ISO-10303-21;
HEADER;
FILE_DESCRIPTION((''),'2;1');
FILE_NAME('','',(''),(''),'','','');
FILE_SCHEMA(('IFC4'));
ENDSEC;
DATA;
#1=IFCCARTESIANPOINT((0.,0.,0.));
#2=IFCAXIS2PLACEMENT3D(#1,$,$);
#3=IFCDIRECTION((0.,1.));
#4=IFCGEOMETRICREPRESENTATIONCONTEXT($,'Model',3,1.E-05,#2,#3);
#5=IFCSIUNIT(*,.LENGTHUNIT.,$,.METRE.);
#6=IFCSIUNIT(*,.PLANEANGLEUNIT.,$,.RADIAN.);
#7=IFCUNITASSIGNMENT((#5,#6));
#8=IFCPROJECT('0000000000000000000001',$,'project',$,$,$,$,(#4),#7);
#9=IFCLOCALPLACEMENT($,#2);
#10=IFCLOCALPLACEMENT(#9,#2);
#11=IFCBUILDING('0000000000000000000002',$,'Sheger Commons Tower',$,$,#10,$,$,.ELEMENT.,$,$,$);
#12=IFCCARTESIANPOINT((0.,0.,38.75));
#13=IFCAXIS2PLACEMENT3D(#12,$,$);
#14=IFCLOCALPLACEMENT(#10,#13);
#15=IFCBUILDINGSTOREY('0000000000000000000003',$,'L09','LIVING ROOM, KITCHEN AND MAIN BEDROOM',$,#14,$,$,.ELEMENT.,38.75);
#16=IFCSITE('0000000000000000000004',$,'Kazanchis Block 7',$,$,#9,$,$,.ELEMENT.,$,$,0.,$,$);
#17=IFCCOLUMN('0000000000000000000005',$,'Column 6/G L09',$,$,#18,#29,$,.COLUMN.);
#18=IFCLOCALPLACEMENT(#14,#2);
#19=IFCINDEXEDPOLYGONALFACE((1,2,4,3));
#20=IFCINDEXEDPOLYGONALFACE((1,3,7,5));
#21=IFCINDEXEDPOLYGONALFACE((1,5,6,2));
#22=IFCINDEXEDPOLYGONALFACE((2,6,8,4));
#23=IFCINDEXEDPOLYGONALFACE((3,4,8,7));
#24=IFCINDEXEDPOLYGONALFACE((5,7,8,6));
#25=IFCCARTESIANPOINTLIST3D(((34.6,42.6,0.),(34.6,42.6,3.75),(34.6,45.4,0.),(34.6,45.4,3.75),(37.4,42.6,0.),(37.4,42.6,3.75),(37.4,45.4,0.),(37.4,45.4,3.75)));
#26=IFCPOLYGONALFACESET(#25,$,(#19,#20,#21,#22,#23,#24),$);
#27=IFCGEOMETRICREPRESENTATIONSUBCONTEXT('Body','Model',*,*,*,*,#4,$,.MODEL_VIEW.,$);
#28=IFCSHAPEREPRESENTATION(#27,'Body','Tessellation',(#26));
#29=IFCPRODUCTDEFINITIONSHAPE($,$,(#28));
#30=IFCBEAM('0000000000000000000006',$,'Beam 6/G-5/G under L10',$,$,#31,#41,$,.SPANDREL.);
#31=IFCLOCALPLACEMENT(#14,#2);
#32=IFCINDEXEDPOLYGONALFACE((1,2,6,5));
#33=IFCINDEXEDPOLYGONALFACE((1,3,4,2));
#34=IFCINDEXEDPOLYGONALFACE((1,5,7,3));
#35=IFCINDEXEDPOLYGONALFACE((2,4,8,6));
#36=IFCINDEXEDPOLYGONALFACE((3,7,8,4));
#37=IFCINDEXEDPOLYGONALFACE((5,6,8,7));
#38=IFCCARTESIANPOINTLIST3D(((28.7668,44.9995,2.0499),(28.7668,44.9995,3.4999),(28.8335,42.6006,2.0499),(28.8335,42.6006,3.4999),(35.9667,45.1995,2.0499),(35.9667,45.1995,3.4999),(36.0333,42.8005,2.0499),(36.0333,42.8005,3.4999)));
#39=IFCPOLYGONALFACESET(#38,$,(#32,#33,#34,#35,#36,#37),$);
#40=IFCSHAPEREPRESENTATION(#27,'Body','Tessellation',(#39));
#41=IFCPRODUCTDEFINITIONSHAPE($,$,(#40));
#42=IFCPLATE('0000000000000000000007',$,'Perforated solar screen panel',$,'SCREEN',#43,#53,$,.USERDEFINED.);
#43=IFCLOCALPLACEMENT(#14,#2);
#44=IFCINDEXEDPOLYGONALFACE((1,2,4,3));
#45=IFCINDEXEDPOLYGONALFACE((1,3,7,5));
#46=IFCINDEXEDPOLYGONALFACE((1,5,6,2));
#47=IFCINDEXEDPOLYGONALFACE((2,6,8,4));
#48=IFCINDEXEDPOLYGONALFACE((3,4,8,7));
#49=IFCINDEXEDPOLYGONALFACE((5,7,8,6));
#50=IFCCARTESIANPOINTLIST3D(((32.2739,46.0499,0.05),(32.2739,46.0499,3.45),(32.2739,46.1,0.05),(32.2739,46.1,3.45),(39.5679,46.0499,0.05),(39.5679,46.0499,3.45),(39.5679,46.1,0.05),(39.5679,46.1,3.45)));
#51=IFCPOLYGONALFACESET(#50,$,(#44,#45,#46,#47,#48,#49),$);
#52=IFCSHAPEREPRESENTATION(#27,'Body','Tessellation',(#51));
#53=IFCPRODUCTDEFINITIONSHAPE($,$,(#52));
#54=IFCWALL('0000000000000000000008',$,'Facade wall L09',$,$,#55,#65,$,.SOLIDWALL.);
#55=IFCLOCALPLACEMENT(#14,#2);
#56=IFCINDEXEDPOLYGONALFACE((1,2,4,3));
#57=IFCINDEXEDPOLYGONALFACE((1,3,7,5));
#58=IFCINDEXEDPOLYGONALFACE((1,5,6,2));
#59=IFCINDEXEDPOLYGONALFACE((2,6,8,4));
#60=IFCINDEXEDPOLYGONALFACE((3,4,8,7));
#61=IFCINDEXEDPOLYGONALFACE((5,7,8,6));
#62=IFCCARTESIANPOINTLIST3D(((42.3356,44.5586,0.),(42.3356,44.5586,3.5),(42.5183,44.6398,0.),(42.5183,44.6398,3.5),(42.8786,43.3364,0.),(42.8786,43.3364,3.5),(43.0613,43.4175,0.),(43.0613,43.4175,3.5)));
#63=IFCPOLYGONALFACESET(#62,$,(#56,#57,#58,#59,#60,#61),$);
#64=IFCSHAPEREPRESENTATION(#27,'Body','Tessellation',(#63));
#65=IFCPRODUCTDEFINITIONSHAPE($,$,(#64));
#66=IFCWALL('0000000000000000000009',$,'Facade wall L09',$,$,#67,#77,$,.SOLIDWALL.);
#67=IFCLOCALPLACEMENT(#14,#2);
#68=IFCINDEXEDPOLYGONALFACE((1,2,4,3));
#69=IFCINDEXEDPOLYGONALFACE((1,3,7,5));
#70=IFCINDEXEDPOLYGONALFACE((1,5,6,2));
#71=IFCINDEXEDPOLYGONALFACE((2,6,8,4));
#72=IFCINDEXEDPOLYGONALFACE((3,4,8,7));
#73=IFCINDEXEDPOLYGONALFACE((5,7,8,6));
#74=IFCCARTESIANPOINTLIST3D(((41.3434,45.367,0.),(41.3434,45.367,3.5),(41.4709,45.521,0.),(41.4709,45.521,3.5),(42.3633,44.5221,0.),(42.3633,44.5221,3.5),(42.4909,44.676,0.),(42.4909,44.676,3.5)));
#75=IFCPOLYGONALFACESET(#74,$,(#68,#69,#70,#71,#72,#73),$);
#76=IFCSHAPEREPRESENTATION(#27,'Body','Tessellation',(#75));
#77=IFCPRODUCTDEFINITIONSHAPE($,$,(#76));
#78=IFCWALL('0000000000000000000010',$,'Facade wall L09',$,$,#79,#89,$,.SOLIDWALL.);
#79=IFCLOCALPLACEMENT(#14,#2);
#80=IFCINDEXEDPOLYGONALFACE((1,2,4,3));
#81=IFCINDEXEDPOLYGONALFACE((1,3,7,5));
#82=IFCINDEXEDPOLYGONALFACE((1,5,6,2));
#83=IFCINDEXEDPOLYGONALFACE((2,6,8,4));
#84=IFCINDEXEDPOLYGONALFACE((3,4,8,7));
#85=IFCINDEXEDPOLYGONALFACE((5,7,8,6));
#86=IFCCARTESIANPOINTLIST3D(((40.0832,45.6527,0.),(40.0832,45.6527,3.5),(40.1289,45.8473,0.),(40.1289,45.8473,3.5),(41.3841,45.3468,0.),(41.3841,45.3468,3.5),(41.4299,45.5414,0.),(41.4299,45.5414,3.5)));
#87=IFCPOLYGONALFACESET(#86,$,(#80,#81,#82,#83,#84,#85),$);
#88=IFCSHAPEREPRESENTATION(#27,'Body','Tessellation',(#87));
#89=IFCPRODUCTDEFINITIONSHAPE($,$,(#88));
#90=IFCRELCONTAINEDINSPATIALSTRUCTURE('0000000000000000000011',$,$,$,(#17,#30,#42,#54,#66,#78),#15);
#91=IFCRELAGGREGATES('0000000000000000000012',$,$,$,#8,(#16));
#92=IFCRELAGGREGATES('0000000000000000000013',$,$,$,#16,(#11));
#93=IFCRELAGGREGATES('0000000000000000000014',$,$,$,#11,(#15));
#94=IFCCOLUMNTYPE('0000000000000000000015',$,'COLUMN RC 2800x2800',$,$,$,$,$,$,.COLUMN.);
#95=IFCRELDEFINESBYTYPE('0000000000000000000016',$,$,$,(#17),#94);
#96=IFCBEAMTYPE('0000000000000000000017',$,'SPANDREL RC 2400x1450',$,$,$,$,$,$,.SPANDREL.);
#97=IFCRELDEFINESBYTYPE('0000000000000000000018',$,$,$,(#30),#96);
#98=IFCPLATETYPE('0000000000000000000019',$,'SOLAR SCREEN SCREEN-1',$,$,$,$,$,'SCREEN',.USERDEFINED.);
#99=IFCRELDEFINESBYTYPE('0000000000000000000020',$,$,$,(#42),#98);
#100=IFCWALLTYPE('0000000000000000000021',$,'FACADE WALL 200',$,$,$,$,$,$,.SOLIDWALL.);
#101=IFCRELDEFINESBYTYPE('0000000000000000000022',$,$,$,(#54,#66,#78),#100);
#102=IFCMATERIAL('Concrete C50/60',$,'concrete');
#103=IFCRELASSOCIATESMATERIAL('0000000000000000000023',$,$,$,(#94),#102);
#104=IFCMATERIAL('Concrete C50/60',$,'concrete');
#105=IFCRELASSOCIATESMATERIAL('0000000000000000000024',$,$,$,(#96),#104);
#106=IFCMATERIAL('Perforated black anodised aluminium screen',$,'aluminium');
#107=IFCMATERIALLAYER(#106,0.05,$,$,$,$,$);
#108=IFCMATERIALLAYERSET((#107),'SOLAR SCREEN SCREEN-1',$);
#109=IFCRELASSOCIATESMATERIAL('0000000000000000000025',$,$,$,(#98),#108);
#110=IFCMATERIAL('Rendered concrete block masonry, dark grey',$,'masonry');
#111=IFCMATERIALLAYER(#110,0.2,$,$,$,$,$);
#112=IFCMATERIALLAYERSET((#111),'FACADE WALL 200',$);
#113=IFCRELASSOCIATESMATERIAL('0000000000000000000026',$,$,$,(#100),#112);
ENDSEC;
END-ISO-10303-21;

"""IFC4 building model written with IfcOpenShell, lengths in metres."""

from ifc_helpers import new_model, si_unit, direction, frame, frame_2d, origin, origin_2d, place, context, subcontext, project, spatial, rectangle, extrude, material, layer, layer_set, material_profile, profile_set, type_object, element, save


model = new_model("IFC4")

# Units and contexts
model_context = context("Model", 3, precision=1e-05, world=origin(), true_north=direction((0.0, 1.0)))
body_context = subcontext(model_context, "Body", "Model", "MODEL_VIEW")
ifc_project = project(units=[si_unit("LENGTHUNIT", "METRE"), si_unit("PLANEANGLEUNIT", "RADIAN")], contexts=[model_context])

# Site, building, storey
site_placement = place(None, origin())
site = spatial("IfcSite", under=ifc_project, at=site_placement, Name="Kazanchis Block 7", CompositionType="ELEMENT", RefElevation=0.0)
building_placement = place(site_placement, origin())
building = spatial("IfcBuilding", under=site, at=building_placement, Name="Sheger Commons Tower", CompositionType="ELEMENT")
storey_placement = place(building_placement, frame((0.0, 0.0, 38.75)))
storey = spatial("IfcBuildingStorey", under=building, at=storey_placement, Name="L09", Description="LIVING ROOM, KITCHEN AND MAIN BEDROOM", CompositionType="ELEMENT", Elevation=38.75)

# Column
ifc_material_1 = material(Name="Concrete C50/60", Category="concrete")
ifc_material_profile_1 = material_profile(ifc_material_1, rectangle(XDim=2.8, YDim=2.8, at=origin_2d()), Name="RC 2800x2800")
ifc_profile_set_1 = profile_set([ifc_material_profile_1], Name="Concrete C50/60")
column_type = type_object("IfcColumnType", Name="COLUMN RC 2800x2800", PredefinedType="COLUMN", material=ifc_profile_set_1)
column_placement = place(storey_placement, frame((36.0, 44.0, 0.0), z_axis=(0.0, 0.0, 1.0), x_axis=(1.0, 0.0, 0.0)))
element("IfcColumn", 1, at=column_placement, inside=storey, type_object=column_type, Name="Column 6/G L09", PredefinedType="COLUMN", context=body_context, shape_type="SweptSolid", body=[
    extrude(rectangle(XDim=2.8, YDim=2.8, at=origin_2d()), origin(), (0.0, 0.0, 1.0), 3.75),
])

# Beam
ifc_material_2 = material(Name="Concrete C50/60", Category="concrete")
ifc_material_profile_2 = material_profile(ifc_material_2, rectangle(XDim=2.3999, YDim=1.45, at=origin_2d()), Name="RC 2400x1450")
ifc_profile_set_2 = profile_set([ifc_material_profile_2], Name="Concrete C50/60")
beam_type = type_object("IfcBeamType", Name="SPANDREL RC 2400x1450", PredefinedType="SPANDREL", material=ifc_profile_set_2)
beam_placement = place(storey_placement, frame((36.0, 44.0, 2.7749), z_axis=(-0.999615, -0.02776, 0.0), x_axis=(0.02776, -0.999615, 0.0)))
element("IfcBeam", 2, at=beam_placement, inside=storey, type_object=beam_type, Name="Beam 6/G-5/G under L10", PredefinedType="SPANDREL", context=body_context, shape_type="SweptSolid", body=[
    extrude(rectangle(XDim=2.3999, YDim=1.45, at=origin_2d()), origin(), (0.0, 0.0, 1.0), 7.2026),
])

# Plate
ifc_material_3 = material(Name="Perforated black anodised aluminium screen", Category="aluminium")
ifc_layer_1 = layer(ifc_material_3, 0.05)
ifc_layer_set_1 = layer_set([ifc_layer_1], Name="SOLAR SCREEN SCREEN-1")
plate_type = type_object("IfcPlateType", Name="SOLAR SCREEN SCREEN-1", ElementType="SCREEN", PredefinedType="USERDEFINED", material=ifc_layer_set_1)
plate_placement = place(storey_placement, frame((35.9209, 46.075, 0.05), z_axis=(0.0, 0.0, 1.0), x_axis=(-1.0, 0.0, 0.0)))
element("IfcPlate", 3, at=plate_placement, inside=storey, type_object=plate_type, Name="Perforated solar screen panel", ObjectType="SCREEN", PredefinedType="USERDEFINED", context=body_context, shape_type="SweptSolid", body=[
    extrude(rectangle(XDim=7.2939, YDim=0.05, at=origin_2d()), origin(), (0.0, 0.0, 1.0), 3.3999),
])

# Walls
ifc_material_4 = material(Name="Rendered concrete block masonry, dark grey", Category="masonry")
ifc_layer_2 = layer(ifc_material_4, 0.2)
ifc_layer_set_2 = layer_set([ifc_layer_2], Name="FACADE WALL 200")
wall_type_1 = type_object("IfcWallType", Name="FACADE WALL 200", PredefinedType="SOLIDWALL", material=ifc_layer_set_2)
wall_1_placement = place(storey_placement, frame((42.97, 43.377, 0.0), z_axis=(0.0, 0.0, 1.0), x_axis=(-0.406003, 0.913872, 0.0)))
element("IfcWall", 4, at=wall_1_placement, inside=storey, type_object=wall_type_1, Name="Facade wall L09", PredefinedType="SOLIDWALL", context=body_context, shape_type="SweptSolid", body=[
    extrude(rectangle(XDim=1.3374, YDim=0.2, at=frame_2d((0.6687, 0.0))), origin(), (0.0, 0.0, 1.0), 3.5),
])
wall_2_placement = place(storey_placement, frame((42.427, 44.5991, 0.0), z_axis=(0.0, 0.0, 1.0), x_axis=(-0.770091, 0.637934, 0.0)))
element("IfcWall", 5, at=wall_2_placement, inside=storey, type_object=wall_type_1, Name="Facade wall L09", PredefinedType="SOLIDWALL", context=body_context, shape_type="SweptSolid", body=[
    extrude(rectangle(XDim=1.3245, YDim=0.2, at=frame_2d((0.6621, 0.0))), origin(), (0.0, 0.0, 1.0), 3.5),
])
wall_3_placement = place(storey_placement, frame((41.407, 45.4441, 0.0), z_axis=(0.0, 0.0, 1.0), x_axis=(-0.973453, 0.228887, 0.0)))
element("IfcWall", 6, at=wall_3_placement, inside=storey, type_object=wall_type_1, Name="Facade wall L09", PredefinedType="SOLIDWALL", context=body_context, shape_type="SweptSolid", body=[
    extrude(rectangle(XDim=1.3364, YDim=0.2, at=frame_2d((0.6682, 0.0))), origin(), (0.0, 0.0, 1.0), 3.5),
])

save(model, "model.ifc")
